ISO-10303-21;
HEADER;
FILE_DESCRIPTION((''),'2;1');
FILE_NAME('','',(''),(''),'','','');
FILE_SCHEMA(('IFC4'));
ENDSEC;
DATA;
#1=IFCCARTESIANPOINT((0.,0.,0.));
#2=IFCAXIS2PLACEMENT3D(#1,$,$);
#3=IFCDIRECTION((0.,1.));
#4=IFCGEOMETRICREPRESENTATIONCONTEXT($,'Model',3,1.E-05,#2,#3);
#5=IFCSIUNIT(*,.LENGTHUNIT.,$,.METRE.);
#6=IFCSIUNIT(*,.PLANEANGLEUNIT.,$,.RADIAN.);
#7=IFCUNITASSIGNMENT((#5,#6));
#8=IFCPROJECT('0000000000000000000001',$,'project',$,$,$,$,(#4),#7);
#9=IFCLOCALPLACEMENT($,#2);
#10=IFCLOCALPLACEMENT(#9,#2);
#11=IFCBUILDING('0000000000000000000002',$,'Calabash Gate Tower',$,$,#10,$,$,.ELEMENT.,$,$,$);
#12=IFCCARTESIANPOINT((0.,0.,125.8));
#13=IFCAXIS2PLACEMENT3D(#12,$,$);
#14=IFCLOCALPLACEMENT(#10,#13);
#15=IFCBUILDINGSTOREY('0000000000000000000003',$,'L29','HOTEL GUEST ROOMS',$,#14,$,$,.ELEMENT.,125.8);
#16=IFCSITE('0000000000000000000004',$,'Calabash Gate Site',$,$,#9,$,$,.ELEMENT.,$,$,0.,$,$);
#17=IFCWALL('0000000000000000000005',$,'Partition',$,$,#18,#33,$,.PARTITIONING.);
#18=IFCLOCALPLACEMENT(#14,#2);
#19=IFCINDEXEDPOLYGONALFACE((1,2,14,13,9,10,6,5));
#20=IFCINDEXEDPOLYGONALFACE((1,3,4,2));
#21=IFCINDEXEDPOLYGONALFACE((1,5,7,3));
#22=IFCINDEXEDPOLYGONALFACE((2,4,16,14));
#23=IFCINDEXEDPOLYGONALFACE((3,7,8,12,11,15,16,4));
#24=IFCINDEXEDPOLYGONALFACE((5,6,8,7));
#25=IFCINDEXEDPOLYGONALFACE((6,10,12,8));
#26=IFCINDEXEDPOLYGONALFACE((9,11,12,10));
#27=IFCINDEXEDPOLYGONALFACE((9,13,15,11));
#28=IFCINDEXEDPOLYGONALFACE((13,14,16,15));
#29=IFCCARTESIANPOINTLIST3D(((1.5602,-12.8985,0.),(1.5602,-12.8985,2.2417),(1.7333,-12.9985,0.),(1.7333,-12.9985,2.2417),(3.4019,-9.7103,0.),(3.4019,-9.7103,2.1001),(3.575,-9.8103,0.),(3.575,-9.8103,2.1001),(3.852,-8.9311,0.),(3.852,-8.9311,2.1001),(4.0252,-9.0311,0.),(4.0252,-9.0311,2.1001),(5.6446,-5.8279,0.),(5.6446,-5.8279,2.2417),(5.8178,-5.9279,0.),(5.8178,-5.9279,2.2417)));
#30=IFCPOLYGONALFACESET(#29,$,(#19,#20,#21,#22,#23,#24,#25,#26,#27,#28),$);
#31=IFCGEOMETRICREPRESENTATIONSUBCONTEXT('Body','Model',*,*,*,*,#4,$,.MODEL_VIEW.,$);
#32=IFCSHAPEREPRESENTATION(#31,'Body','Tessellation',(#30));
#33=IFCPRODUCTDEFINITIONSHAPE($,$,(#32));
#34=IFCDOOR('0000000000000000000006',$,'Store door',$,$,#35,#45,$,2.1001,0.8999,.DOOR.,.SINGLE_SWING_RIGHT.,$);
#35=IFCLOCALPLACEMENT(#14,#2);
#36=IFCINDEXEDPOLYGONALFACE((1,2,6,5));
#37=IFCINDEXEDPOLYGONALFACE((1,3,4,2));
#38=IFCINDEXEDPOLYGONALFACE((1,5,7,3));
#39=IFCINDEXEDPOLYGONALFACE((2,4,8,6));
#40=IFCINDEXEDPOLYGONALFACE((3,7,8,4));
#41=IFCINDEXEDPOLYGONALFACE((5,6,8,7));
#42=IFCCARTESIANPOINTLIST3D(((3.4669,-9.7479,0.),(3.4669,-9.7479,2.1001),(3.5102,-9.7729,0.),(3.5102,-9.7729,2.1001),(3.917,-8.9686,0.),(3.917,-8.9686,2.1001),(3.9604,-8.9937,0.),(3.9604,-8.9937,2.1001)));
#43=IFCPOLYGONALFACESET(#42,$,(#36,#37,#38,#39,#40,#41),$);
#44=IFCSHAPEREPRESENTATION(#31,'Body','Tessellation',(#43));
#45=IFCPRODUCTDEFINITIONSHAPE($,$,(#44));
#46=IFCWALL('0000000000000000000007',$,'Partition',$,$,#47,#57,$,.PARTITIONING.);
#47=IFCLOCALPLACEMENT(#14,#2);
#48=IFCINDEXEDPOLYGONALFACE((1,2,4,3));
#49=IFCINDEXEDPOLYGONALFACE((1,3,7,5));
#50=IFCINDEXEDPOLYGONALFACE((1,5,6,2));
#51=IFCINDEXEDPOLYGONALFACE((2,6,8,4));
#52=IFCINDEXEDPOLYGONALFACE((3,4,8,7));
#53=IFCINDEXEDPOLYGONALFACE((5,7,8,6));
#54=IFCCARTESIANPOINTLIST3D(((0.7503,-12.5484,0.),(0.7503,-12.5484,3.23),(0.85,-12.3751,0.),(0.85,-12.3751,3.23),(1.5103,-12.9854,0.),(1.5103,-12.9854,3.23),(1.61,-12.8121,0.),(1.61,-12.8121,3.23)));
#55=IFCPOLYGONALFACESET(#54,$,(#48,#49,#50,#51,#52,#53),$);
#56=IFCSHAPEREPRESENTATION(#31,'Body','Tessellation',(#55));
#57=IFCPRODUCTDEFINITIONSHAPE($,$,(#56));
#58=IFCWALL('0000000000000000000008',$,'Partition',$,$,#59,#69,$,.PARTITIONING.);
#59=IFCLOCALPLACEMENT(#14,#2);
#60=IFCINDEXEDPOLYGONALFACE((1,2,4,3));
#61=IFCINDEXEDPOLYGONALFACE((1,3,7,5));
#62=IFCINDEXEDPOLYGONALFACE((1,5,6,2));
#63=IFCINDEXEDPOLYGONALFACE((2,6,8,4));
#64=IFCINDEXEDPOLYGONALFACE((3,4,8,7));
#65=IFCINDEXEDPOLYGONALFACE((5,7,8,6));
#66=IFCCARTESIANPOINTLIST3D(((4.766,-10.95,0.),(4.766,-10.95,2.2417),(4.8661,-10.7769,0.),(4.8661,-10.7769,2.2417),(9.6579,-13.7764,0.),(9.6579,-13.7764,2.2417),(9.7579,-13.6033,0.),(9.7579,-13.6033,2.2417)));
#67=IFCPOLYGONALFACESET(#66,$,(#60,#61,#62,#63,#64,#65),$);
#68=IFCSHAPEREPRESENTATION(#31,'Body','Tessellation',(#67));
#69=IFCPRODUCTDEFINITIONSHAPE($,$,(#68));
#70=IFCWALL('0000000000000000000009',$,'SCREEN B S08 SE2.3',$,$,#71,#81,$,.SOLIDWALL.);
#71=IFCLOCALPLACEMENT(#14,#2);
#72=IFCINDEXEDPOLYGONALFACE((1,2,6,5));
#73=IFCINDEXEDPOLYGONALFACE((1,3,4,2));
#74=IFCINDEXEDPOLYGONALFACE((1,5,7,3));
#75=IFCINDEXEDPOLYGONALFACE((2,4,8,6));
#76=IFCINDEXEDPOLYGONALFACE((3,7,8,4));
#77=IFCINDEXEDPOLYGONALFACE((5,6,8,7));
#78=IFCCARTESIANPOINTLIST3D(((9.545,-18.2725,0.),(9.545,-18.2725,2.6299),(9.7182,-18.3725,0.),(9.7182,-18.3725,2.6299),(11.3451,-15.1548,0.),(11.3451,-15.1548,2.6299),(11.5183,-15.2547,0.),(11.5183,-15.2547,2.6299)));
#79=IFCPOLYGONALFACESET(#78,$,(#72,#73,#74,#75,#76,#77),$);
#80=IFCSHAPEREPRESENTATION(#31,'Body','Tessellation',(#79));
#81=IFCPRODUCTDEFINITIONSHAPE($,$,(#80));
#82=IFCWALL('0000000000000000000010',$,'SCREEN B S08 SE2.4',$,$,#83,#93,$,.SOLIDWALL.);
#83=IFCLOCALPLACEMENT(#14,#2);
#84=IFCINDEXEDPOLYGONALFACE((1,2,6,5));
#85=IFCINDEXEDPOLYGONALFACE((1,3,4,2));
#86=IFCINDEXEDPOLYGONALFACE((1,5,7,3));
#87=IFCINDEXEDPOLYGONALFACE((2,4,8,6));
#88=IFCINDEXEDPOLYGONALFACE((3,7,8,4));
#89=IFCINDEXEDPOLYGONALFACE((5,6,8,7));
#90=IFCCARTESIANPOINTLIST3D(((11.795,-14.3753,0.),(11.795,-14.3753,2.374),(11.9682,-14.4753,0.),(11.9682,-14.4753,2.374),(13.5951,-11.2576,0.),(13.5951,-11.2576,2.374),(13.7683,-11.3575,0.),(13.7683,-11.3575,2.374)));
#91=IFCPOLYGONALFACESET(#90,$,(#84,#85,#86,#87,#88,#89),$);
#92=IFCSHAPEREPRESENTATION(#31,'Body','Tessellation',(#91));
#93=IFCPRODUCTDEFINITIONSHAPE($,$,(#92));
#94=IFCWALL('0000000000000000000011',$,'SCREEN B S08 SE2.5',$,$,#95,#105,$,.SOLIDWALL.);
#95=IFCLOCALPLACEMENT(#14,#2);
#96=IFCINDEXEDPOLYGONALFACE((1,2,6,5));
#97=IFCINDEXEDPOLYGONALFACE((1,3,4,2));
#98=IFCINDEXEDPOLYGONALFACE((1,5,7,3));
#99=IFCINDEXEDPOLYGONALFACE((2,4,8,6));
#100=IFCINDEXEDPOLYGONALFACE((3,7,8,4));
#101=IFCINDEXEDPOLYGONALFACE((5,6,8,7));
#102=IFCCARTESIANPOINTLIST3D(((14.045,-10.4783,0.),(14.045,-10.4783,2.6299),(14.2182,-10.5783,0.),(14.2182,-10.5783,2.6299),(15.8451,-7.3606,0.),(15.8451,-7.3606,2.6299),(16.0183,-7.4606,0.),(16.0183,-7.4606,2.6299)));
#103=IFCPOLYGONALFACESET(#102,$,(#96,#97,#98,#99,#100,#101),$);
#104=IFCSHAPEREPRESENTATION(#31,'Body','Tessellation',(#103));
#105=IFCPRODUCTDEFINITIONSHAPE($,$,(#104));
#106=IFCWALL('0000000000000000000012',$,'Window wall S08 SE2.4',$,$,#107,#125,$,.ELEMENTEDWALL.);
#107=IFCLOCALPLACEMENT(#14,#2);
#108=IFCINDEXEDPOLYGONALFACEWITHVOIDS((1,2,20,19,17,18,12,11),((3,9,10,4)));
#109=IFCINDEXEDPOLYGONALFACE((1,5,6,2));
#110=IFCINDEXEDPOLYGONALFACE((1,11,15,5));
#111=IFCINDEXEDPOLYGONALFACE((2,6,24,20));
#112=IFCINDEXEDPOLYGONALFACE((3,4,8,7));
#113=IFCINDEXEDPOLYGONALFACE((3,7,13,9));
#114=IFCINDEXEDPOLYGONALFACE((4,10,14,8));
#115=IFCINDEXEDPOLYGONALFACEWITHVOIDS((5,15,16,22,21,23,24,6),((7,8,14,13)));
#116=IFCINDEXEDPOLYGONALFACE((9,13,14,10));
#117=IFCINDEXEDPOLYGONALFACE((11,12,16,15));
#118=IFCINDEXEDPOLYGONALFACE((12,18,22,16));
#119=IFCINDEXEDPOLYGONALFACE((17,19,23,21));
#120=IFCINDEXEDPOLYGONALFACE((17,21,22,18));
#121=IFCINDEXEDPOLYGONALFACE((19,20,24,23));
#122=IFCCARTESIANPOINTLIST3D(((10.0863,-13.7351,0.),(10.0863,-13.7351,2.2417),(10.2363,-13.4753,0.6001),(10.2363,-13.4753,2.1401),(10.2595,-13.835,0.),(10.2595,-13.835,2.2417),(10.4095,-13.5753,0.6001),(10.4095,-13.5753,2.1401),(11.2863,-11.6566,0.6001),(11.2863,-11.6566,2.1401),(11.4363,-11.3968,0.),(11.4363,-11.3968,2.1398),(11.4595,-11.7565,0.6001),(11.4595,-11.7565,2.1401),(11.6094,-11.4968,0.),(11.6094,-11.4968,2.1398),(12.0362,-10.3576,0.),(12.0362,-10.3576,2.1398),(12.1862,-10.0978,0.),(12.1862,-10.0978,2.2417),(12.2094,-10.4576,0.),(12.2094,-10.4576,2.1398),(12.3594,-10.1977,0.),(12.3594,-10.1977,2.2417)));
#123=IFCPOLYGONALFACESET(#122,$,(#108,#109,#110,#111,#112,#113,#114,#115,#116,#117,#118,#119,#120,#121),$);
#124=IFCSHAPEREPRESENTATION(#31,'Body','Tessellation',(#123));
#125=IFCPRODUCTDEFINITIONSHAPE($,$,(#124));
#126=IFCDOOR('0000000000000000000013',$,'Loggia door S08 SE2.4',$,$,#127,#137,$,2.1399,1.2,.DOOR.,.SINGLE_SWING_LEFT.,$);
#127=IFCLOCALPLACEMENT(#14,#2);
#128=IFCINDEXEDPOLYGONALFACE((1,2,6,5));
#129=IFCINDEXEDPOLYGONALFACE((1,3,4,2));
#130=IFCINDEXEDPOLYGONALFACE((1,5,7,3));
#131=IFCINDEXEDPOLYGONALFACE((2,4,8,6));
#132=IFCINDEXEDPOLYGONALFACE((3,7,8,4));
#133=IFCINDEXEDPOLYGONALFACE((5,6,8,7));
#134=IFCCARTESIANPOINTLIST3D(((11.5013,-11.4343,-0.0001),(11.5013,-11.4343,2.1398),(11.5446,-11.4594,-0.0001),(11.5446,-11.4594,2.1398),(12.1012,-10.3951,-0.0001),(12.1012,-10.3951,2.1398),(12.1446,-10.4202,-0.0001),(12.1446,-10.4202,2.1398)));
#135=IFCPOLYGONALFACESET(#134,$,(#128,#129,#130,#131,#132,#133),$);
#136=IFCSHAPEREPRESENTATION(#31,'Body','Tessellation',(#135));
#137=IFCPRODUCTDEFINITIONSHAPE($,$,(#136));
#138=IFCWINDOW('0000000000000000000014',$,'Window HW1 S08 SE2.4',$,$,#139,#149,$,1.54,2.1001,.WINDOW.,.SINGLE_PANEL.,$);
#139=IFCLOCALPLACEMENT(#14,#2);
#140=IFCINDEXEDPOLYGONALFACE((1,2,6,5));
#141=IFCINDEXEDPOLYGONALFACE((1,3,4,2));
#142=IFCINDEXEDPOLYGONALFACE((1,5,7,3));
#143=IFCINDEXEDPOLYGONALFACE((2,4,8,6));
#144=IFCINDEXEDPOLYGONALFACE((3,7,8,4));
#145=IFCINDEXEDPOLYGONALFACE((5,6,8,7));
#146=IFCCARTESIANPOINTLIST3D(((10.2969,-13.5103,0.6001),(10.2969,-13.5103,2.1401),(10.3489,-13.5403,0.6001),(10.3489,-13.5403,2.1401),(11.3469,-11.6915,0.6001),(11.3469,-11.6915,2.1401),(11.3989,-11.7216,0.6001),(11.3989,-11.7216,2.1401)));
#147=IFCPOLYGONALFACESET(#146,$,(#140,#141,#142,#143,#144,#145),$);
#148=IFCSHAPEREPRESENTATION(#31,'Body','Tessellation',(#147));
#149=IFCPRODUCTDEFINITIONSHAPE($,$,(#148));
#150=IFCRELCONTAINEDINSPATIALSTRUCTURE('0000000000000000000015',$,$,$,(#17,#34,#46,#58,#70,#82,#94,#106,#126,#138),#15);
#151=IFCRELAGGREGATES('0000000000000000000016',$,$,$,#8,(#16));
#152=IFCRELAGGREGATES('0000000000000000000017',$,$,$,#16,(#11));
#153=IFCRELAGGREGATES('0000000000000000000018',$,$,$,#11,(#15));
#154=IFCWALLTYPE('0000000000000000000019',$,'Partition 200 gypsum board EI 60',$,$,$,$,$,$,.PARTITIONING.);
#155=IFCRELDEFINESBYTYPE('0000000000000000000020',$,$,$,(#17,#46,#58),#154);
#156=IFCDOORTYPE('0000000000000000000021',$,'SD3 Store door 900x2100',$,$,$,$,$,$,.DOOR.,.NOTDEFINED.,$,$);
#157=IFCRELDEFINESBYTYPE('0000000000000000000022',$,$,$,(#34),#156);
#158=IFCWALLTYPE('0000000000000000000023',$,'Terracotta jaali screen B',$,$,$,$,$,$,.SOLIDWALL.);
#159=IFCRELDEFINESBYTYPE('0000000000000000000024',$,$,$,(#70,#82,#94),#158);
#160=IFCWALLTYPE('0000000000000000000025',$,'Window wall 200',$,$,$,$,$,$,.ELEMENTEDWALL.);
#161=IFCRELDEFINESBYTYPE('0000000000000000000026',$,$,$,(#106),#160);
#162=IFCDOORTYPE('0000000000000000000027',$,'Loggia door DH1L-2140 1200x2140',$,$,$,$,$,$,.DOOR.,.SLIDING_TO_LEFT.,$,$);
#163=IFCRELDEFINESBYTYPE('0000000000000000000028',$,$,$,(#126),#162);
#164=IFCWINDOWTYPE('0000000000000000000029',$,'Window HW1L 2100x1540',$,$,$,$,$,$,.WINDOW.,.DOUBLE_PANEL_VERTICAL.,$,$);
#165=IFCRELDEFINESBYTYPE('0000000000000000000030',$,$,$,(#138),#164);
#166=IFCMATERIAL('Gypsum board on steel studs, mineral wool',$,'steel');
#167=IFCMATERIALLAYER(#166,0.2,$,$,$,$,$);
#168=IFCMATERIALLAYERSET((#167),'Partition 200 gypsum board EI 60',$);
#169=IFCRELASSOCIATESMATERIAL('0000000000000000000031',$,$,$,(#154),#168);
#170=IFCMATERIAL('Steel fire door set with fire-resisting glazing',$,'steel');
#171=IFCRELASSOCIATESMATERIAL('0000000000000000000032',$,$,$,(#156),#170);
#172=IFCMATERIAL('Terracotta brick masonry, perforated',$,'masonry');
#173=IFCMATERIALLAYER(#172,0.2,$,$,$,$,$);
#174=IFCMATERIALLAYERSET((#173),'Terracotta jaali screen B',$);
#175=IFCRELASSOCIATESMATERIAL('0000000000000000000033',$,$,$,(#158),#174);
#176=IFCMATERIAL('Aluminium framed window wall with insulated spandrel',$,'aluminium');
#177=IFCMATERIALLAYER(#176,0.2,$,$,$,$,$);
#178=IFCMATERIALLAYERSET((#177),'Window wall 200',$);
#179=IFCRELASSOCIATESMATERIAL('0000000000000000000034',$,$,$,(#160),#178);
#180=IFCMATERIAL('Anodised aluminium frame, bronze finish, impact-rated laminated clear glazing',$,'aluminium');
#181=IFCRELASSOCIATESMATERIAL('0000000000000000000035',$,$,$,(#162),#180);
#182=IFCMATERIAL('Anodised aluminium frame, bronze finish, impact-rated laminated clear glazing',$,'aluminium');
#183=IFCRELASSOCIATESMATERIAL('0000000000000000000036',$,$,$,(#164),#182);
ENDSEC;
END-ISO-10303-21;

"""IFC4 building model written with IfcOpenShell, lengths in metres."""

from ifc_helpers import new_model, si_unit, direction, frame, frame_2d, origin, place, context, subcontext, project, spatial, rectangle, extrude, material, layer, layer_set, type_object, element, fill, save


model = new_model("IFC4")

# Units and contexts
model_context = context("Model", 3, precision=1e-05, world=origin(), true_north=direction((0.0, 1.0)))
body_context = subcontext(model_context, "Body", "Model", "MODEL_VIEW")
ifc_project = project(units=[si_unit("LENGTHUNIT", "METRE"), si_unit("PLANEANGLEUNIT", "RADIAN")], contexts=[model_context])

# Site, building, storey
site_placement = place(None, origin())
site = spatial("IfcSite", under=ifc_project, at=site_placement, Name="Calabash Gate Site", CompositionType="ELEMENT", RefElevation=0.0)
building_placement = place(site_placement, origin())
building = spatial("IfcBuilding", under=site, at=building_placement, Name="Calabash Gate Tower", CompositionType="ELEMENT")
storey_placement = place(building_placement, frame((0.0, 0.0, 125.8)))
storey = spatial("IfcBuildingStorey", under=building, at=storey_placement, Name="L29", Description="HOTEL GUEST ROOMS", CompositionType="ELEMENT", Elevation=125.8)

# Shared definitions
ifc_material_1 = material(Name="Gypsum board on steel studs, mineral wool", Category="steel")
ifc_layer_1 = layer(ifc_material_1, 0.2)
ifc_layer_set_1 = layer_set([ifc_layer_1], Name="Partition 200 gypsum board EI 60")
wall_type_1 = type_object("IfcWallType", Name="Partition 200 gypsum board EI 60", PredefinedType="PARTITIONING", material=ifc_layer_set_1)

# Wall, opening, door
wall_1_placement = place(storey_placement, frame((1.6467, -12.9485, 0.0), z_axis=(0.0, 0.0, 1.0), x_axis=(0.50021, 0.865904, 0.0)))
wall_1 = element("IfcWall", 1, at=wall_1_placement, inside=storey, type_object=wall_type_1, Name="Partition", PredefinedType="PARTITIONING", context=body_context, shape_type="SweptSolid", body=[
    extrude(rectangle(XDim=8.1655, YDim=0.2, at=frame_2d((4.0828, 0.0))), origin(), (0.0, 0.0, 1.0), 2.2417),
])
opening_1_placement = place(wall_1_placement, frame((3.6819, 0.0, 0.0)))
opening_1 = element("IfcOpeningElement", 2, at=opening_1_placement, cuts=wall_1, PredefinedType="OPENING", context=body_context, shape_type="SweptSolid", body=[
    extrude(rectangle(XDim=0.8999, YDim=2.1001, at=frame_2d((0.45, 1.05))), frame((0.0, 0.1099, 0.0), z_axis=(0.0, -1.0, 0.0), x_axis=(1.0, 0.0, 0.0)), (0.0, 0.0, 1.0), 0.22),
])
ifc_material_2 = material(Name="Steel fire door set with fire-resisting glazing", Category="steel")
door_type_1 = type_object("IfcDoorType", Name="SD3 Store door 900x2100", OperationType="NOTDEFINED", PredefinedType="DOOR", material=ifc_material_2)
door_1_placement = place(opening_1_placement, origin())
door_1 = element("IfcDoor", 3, at=door_1_placement, inside=storey, type_object=door_type_1, Name="Store door", OperationType="SINGLE_SWING_RIGHT", OverallHeight=2.1001, OverallWidth=0.8999, PredefinedType="DOOR", context=body_context, shape_type="SweptSolid", body=[
    extrude(rectangle(XDim=0.8999, YDim=2.1001, at=frame_2d((0.45, 1.05))), frame((0.0, 0.0249, 0.0), z_axis=(0.0, -1.0, 0.0), x_axis=(1.0, 0.0, 0.0)), (0.0, 0.0, 1.0), 0.05),
])
fill(opening_1, door_1)

# Walls
wall_2_placement = place(storey_placement, frame((0.8, -12.4617, 0.0), z_axis=(0.0, 0.0, 1.0), x_axis=(0.866903, -0.498476, 0.0)))
element("IfcWall", 4, at=wall_2_placement, inside=storey, type_object=wall_type_1, Name="Partition", PredefinedType="PARTITIONING", context=body_context, shape_type="SweptSolid", body=[
    extrude(rectangle(XDim=0.8767, YDim=0.2, at=frame_2d((0.4385, 0.0))), origin(), (0.0, 0.0, 1.0), 3.23),
])
wall_3_placement = place(storey_placement, frame((4.8162, -10.8635, 0.0), z_axis=(0.0, 0.0, 1.0), x_axis=(0.865864, -0.50028, 0.0)))
element("IfcWall", 5, at=wall_3_placement, inside=storey, type_object=wall_type_1, Name="Partition", PredefinedType="PARTITIONING", context=body_context, shape_type="SweptSolid", body=[
    extrude(rectangle(XDim=5.6497, YDim=0.2, at=frame_2d((2.8247, 0.0))), origin(), (0.0, 0.0, 1.0), 2.2417),
])
ifc_material_3 = material(Name="Terracotta brick masonry, perforated", Category="masonry")
ifc_layer_2 = layer(ifc_material_3, 0.2)
ifc_layer_set_2 = layer_set([ifc_layer_2], Name="Terracotta jaali screen B")
wall_type_2 = type_object("IfcWallType", Name="Terracotta jaali screen B", PredefinedType="SOLIDWALL", material=ifc_layer_set_2)
wall_4_placement = place(storey_placement, frame((9.6316, -18.3225, 0.0), z_axis=(0.0, 0.0, 1.0), x_axis=(0.500012, 0.866018, 0.0)))
element("IfcWall", 6, at=wall_4_placement, inside=storey, type_object=wall_type_2, Name="SCREEN B S08 SE2.3", PredefinedType="SOLIDWALL", context=body_context, shape_type="SweptSolid", body=[
    extrude(rectangle(XDim=3.6001, YDim=0.2, at=frame_2d((1.8, 0.0))), origin(), (0.0, 0.0, 1.0), 2.6299),
])
wall_5_placement = place(storey_placement, frame((11.8816, -14.4253, 0.0), z_axis=(0.0, 0.0, 1.0), x_axis=(0.500012, 0.866018, 0.0)))
element("IfcWall", 7, at=wall_5_placement, inside=storey, type_object=wall_type_2, Name="SCREEN B S08 SE2.4", PredefinedType="SOLIDWALL", context=body_context, shape_type="SweptSolid", body=[
    extrude(rectangle(XDim=3.6001, YDim=0.2, at=frame_2d((1.8, 0.0))), origin(), (0.0, 0.0, 1.0), 2.374),
])
wall_6_placement = place(storey_placement, frame((14.1316, -10.5283, 0.0), z_axis=(0.0, 0.0, 1.0), x_axis=(0.500012, 0.866018, 0.0)))
element("IfcWall", 8, at=wall_6_placement, inside=storey, type_object=wall_type_2, Name="SCREEN B S08 SE2.5", PredefinedType="SOLIDWALL", context=body_context, shape_type="SweptSolid", body=[
    extrude(rectangle(XDim=3.6001, YDim=0.2, at=frame_2d((1.8, 0.0))), origin(), (0.0, 0.0, 1.0), 2.6299),
])

# Wall, openings, door, window
ifc_material_4 = material(Name="Aluminium framed window wall with insulated spandrel", Category="aluminium")
ifc_layer_3 = layer(ifc_material_4, 0.2)
ifc_layer_set_3 = layer_set([ifc_layer_3], Name="Window wall 200")
wall_type_3 = type_object("IfcWallType", Name="Window wall 200", PredefinedType="ELEMENTEDWALL", material=ifc_layer_set_3)
wall_7_placement = place(storey_placement, frame((10.1729, -13.7852, 0.0), z_axis=(0.0, 0.0, 1.0), x_axis=(0.499984, 0.866035, 0.0)))
wall_7 = element("IfcWall", 9, at=wall_7_placement, inside=storey, type_object=wall_type_3, Name="Window wall S08 SE2.4", PredefinedType="ELEMENTEDWALL", context=body_context, shape_type="SweptSolid", body=[
    extrude(rectangle(XDim=4.2, YDim=0.2, at=frame_2d((2.1001, 0.0))), origin(), (0.0, 0.0, 1.0), 2.2417),
])
opening_2_placement = place(wall_7_placement, frame((0.3, 0.0, 0.6001)))
opening_2 = element("IfcOpeningElement", 10, at=opening_2_placement, cuts=wall_7, PredefinedType="OPENING", context=body_context, shape_type="SweptSolid", body=[
    extrude(rectangle(XDim=2.1001, YDim=1.54, at=frame_2d((1.05, 0.77))), frame((0.0, 0.1099, 0.0), z_axis=(0.0, -1.0, 0.0), x_axis=(1.0, 0.0, 0.0)), (0.0, 0.0, 1.0), 0.22),
])
opening_3_placement = place(wall_7_placement, frame((2.7, 0.0, 0.0)))
opening_3 = element("IfcOpeningElement", 11, at=opening_3_placement, cuts=wall_7, PredefinedType="OPENING", context=body_context, shape_type="SweptSolid", body=[
    extrude(rectangle(XDim=1.2, YDim=2.1399, at=frame_2d((0.6001, 1.0698))), frame((0.0, 0.1099, 0.0), z_axis=(0.0, -1.0, 0.0), x_axis=(1.0, 0.0, 0.0)), (0.0, 0.0, 1.0), 0.22),
])
ifc_material_5 = material(Name="Anodised aluminium frame, bronze finish, impact-rated laminated clear glazing", Category="aluminium")
door_type_2 = type_object("IfcDoorType", Name="Loggia door DH1L-2140 1200x2140", OperationType="SLIDING_TO_LEFT", PredefinedType="DOOR", material=ifc_material_5)
door_2_placement = place(opening_3_placement, origin())
door_2 = element("IfcDoor", 12, at=door_2_placement, inside=storey, type_object=door_type_2, Name="Loggia door S08 SE2.4", OperationType="SINGLE_SWING_LEFT", OverallHeight=2.1399, OverallWidth=1.2, PredefinedType="DOOR", context=body_context, shape_type="SweptSolid", body=[
    extrude(rectangle(XDim=1.2, YDim=2.1399, at=frame_2d((0.6001, 1.0698))), frame((0.0, 0.0249, 0.0), z_axis=(0.0, -1.0, 0.0), x_axis=(1.0, 0.0, 0.0)), (0.0, 0.0, 1.0), 0.05),
])
fill(opening_3, door_2)
ifc_material_6 = material(Name="Anodised aluminium frame, bronze finish, impact-rated laminated clear glazing", Category="aluminium")
window_type_1 = type_object("IfcWindowType", Name="Window HW1L 2100x1540", PartitioningType="DOUBLE_PANEL_VERTICAL", PredefinedType="WINDOW", material=ifc_material_6)
window_1_placement = place(opening_2_placement, origin())
window_1 = element("IfcWindow", 13, at=window_1_placement, inside=storey, type_object=window_type_1, Name="Window HW1 S08 SE2.4", OverallHeight=1.54, OverallWidth=2.1001, PartitioningType="SINGLE_PANEL", PredefinedType="WINDOW", context=body_context, shape_type="SweptSolid", body=[
    extrude(rectangle(XDim=2.1001, YDim=1.54, at=frame_2d((1.05, 0.77))), frame((0.0, 0.03, 0.0), z_axis=(0.0, -1.0, 0.0), x_axis=(1.0, 0.0, 0.0)), (0.0, 0.0, 1.0), 0.0601),
])
fill(opening_2, window_1)

save(model, "model.ifc")
